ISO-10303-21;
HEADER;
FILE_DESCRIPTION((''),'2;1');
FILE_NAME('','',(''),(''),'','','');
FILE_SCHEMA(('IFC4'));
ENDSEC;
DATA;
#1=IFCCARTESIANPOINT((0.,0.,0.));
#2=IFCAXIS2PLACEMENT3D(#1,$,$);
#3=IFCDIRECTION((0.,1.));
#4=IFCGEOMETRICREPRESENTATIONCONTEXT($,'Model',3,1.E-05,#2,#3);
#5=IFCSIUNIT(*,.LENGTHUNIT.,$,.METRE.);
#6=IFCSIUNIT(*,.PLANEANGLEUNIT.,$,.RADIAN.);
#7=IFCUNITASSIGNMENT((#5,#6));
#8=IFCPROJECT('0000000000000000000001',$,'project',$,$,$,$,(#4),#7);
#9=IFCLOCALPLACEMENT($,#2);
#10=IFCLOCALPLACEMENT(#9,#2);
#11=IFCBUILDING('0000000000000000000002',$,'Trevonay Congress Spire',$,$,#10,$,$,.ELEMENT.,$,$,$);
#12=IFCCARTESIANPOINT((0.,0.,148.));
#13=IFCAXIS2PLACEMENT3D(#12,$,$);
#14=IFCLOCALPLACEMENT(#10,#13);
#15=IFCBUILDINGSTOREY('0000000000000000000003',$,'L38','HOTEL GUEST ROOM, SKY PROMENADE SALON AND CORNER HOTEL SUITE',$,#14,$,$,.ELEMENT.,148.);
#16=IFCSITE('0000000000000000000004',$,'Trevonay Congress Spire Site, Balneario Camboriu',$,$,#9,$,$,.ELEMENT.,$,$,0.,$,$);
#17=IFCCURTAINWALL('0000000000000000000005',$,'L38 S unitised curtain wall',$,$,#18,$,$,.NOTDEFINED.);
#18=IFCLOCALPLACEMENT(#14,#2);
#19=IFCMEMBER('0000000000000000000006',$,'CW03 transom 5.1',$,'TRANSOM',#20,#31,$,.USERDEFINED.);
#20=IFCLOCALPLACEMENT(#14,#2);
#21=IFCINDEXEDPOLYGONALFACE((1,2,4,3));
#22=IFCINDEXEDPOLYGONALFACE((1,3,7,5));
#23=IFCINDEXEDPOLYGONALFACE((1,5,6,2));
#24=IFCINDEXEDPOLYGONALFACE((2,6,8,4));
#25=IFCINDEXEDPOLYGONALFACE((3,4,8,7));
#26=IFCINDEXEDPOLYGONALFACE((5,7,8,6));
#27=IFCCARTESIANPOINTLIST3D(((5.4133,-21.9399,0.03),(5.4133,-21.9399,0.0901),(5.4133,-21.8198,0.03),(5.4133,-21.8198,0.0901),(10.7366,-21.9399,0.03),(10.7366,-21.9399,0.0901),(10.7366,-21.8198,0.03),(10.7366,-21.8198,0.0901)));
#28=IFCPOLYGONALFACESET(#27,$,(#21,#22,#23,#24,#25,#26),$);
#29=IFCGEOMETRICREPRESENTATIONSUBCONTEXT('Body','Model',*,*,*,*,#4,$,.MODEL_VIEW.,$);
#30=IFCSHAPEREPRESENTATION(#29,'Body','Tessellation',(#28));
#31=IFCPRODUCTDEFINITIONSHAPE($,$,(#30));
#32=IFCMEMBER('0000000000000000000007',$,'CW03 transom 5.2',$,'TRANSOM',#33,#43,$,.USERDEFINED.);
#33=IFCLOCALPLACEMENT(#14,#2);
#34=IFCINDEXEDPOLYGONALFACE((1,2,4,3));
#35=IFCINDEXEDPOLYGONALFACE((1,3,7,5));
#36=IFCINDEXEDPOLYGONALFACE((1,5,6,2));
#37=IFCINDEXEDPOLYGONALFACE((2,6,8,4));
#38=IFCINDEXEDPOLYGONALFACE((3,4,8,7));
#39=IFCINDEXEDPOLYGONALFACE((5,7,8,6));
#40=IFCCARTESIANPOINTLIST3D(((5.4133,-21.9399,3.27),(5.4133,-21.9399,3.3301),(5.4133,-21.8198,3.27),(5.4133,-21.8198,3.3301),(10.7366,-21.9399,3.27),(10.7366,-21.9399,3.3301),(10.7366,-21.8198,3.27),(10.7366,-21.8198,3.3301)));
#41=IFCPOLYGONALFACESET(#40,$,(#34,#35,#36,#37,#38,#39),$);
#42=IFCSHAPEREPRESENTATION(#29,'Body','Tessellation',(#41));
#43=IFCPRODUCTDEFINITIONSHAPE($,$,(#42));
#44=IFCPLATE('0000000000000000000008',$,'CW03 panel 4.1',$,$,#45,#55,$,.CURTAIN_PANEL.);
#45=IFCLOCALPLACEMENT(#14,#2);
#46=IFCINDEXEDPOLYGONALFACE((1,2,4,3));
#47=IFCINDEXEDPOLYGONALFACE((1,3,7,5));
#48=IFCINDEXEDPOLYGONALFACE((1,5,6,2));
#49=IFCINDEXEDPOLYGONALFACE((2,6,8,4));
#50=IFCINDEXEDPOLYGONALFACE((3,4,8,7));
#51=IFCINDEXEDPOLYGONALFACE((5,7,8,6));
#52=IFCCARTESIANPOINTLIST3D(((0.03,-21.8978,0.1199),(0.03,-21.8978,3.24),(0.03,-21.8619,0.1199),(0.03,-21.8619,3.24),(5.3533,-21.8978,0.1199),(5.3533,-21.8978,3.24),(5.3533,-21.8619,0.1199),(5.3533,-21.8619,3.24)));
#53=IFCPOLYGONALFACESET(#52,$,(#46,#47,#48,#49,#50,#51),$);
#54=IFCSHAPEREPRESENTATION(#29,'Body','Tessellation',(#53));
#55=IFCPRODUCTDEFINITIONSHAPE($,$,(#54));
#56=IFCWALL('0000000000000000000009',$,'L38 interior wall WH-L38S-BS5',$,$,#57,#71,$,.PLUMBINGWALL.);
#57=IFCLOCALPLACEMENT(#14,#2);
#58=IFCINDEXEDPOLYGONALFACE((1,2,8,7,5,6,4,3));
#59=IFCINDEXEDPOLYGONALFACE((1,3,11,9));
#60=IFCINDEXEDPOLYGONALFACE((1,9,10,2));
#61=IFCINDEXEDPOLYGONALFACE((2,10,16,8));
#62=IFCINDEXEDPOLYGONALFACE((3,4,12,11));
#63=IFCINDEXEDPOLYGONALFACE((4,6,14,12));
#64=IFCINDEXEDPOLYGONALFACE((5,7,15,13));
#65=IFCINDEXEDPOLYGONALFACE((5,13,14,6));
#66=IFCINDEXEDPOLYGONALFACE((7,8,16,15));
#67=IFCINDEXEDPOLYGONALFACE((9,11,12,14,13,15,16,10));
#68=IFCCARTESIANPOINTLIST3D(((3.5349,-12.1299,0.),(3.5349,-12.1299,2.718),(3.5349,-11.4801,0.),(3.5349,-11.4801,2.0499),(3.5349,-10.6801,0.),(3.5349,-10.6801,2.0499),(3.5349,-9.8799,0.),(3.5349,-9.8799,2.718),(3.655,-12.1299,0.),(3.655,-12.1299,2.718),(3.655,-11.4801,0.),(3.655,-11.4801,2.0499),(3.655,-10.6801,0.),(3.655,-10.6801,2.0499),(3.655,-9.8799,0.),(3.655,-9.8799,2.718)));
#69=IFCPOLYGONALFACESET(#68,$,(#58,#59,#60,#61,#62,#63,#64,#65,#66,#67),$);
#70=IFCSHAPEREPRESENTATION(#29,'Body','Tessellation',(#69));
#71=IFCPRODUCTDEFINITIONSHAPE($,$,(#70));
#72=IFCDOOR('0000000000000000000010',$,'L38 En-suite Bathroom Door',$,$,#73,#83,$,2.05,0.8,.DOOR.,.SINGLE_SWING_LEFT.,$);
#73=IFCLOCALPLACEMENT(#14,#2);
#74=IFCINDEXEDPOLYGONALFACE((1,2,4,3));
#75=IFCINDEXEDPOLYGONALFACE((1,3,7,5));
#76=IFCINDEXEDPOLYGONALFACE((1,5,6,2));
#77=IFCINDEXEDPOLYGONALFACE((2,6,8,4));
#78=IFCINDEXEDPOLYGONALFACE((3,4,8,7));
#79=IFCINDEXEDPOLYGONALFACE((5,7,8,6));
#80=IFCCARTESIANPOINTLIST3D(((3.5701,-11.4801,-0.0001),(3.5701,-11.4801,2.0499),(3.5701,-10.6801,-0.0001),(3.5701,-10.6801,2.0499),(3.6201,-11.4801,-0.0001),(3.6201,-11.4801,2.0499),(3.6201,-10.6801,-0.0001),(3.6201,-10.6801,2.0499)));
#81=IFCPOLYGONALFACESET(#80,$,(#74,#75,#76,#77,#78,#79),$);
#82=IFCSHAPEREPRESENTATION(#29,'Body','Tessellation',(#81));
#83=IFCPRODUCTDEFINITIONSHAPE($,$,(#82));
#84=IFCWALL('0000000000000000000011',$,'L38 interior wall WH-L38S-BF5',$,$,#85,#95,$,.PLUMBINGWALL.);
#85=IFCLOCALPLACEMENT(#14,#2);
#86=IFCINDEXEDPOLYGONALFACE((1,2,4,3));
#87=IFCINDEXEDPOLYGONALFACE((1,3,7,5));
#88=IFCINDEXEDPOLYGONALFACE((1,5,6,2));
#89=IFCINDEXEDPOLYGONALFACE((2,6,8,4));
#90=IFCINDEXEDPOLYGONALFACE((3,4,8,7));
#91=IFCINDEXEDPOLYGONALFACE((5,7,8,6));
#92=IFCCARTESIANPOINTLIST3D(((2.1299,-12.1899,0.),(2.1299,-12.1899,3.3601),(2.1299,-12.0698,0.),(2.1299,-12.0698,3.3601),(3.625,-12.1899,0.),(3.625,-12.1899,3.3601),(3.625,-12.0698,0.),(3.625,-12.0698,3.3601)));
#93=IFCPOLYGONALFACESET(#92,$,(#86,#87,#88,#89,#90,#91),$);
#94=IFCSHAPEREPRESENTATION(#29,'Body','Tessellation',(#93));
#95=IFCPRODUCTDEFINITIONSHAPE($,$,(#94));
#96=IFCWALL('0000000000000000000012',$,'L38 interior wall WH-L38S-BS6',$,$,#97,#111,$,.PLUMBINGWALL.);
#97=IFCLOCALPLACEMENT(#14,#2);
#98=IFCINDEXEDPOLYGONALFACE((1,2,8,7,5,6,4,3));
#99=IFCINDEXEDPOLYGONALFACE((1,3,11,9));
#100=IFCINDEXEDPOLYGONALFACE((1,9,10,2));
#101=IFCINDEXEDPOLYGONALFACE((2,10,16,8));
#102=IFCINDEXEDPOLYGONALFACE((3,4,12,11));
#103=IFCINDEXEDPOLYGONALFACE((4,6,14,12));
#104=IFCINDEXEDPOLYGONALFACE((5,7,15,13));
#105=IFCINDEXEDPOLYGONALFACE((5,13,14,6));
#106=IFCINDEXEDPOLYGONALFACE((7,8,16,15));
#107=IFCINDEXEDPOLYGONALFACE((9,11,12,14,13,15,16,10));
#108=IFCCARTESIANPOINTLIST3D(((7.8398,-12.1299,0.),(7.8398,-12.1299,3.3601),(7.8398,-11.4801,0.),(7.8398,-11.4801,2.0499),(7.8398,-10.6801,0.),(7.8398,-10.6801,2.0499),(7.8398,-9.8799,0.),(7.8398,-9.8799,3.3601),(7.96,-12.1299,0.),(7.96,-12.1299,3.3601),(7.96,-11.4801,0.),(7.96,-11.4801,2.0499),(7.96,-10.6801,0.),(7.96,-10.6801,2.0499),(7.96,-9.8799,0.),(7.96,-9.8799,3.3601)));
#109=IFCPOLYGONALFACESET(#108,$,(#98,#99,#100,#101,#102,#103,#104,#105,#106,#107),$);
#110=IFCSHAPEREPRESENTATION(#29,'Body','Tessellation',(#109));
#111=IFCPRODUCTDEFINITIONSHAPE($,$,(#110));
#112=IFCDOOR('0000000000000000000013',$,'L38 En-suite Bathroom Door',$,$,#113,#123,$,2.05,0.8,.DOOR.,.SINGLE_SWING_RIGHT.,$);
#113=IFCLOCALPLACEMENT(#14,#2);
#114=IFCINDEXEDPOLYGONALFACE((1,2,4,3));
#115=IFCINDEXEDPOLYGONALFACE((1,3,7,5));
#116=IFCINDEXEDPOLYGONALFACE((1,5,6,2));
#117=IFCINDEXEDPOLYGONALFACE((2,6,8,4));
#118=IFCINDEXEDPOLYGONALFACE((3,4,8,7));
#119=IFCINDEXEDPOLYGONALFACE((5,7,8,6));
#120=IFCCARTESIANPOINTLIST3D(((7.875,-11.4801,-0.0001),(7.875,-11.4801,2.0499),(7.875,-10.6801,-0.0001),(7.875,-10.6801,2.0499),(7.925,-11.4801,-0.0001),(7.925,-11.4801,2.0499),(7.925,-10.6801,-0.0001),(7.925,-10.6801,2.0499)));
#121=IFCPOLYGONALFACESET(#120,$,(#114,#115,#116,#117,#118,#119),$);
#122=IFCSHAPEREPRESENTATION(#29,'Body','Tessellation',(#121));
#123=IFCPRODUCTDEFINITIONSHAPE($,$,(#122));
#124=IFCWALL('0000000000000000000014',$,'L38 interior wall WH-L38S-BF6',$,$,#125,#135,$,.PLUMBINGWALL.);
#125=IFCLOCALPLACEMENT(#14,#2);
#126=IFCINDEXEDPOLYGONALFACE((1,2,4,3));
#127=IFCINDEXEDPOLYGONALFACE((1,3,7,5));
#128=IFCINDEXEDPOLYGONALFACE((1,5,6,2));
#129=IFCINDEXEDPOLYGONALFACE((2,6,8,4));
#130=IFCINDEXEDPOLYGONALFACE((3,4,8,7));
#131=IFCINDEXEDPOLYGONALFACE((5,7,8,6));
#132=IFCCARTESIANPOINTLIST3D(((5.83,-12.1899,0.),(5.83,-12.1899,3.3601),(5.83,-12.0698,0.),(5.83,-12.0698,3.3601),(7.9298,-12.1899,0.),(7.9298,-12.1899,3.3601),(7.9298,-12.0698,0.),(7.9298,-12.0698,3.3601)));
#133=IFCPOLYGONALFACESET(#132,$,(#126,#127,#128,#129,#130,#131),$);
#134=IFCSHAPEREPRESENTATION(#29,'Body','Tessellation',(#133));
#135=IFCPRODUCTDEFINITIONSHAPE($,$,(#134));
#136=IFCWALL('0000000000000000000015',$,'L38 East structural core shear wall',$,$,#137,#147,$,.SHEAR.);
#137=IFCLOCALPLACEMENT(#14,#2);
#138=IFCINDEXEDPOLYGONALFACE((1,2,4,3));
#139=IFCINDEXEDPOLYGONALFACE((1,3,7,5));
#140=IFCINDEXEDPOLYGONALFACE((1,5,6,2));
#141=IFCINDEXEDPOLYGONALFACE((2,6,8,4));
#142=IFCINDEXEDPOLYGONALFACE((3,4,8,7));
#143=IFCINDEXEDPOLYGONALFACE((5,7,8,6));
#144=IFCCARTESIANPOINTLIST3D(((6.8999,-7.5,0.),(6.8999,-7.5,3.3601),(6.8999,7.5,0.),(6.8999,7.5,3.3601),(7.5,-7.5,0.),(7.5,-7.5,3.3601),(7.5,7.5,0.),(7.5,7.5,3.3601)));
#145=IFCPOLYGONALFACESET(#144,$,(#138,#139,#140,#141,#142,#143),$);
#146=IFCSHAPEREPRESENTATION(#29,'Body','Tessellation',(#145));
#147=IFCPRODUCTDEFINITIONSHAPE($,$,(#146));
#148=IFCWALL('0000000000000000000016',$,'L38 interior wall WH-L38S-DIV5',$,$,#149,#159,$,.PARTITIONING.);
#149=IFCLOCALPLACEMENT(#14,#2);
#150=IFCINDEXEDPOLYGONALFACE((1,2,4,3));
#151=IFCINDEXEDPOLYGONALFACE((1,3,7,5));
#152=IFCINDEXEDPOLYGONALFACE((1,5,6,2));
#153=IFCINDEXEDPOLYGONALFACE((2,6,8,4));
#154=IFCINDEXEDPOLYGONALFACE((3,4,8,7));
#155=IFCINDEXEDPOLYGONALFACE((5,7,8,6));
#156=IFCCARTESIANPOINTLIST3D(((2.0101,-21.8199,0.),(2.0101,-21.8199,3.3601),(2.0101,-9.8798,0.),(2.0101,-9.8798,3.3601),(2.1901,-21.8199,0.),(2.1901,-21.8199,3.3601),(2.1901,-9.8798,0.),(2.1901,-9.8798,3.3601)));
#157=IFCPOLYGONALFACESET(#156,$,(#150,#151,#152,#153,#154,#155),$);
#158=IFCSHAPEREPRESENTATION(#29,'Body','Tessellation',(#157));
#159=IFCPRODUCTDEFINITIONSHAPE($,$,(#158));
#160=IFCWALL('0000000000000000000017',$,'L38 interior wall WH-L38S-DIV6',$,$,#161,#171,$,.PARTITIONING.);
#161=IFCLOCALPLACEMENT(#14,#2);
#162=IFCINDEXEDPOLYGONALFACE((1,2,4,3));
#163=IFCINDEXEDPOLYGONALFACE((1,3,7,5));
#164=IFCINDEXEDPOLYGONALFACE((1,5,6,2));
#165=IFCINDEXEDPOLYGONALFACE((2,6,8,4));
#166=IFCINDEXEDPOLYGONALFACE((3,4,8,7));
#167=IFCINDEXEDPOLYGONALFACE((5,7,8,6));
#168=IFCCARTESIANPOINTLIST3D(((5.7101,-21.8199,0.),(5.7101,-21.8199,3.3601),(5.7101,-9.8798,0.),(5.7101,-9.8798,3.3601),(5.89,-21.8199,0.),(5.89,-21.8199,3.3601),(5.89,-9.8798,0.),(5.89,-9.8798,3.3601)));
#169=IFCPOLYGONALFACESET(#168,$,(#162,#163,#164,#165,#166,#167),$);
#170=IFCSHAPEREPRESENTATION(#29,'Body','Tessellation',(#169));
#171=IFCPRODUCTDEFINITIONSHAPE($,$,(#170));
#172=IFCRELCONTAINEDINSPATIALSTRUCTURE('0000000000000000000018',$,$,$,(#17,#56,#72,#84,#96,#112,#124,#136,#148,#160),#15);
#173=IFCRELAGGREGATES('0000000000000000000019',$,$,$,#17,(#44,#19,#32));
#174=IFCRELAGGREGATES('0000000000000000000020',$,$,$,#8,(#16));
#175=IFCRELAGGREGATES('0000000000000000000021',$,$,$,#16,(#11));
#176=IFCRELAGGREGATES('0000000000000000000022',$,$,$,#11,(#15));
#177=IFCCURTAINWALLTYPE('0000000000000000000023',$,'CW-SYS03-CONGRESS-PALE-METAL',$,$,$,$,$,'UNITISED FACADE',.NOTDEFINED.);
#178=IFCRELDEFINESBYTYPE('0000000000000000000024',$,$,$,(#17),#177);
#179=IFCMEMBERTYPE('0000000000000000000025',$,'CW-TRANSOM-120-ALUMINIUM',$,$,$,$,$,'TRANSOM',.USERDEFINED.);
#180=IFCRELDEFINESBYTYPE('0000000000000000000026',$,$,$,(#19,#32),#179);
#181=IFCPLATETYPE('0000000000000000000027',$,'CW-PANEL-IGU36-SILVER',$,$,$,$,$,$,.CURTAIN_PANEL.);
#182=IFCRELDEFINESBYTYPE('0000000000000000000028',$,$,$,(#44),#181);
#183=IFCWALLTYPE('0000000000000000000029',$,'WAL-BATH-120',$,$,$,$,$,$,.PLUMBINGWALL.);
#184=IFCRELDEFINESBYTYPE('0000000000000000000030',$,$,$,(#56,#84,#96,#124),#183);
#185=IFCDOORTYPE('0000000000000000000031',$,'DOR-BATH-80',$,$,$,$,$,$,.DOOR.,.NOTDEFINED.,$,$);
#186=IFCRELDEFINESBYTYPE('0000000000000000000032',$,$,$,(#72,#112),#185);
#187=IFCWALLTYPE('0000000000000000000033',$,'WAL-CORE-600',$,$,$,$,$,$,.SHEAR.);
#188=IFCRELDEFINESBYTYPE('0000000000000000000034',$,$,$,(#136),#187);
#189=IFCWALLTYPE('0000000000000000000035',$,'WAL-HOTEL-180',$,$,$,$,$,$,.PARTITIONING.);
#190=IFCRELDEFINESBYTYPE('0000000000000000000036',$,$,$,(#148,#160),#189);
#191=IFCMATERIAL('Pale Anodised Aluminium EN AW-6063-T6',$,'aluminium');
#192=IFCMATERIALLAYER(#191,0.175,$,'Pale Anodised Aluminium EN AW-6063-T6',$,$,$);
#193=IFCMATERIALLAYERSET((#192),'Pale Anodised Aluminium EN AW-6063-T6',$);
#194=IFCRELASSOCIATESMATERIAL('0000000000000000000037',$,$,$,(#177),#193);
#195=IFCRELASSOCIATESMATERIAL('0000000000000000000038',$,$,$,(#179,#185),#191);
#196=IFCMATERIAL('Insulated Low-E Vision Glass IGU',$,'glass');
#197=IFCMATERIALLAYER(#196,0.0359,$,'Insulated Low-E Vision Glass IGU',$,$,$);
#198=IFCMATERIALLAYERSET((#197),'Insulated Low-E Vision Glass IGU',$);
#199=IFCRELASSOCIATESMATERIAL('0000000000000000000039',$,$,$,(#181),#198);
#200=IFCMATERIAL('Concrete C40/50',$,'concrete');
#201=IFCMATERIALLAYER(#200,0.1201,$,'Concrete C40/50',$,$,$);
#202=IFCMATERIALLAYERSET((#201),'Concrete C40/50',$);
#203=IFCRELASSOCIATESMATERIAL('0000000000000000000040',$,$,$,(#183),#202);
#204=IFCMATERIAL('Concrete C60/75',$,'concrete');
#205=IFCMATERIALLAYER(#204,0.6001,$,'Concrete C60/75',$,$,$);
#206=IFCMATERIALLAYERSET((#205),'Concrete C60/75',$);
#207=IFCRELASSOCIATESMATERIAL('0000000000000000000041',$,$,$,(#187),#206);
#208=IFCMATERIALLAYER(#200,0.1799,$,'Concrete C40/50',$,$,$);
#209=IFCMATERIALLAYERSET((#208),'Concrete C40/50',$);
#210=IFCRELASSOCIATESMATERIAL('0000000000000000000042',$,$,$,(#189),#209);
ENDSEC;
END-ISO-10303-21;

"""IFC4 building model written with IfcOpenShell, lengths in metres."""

from ifc_helpers import new_model, si_unit, direction, frame, frame_2d, origin, origin_2d, place, context, subcontext, project, spatial, rectangle, extrude, material, layer, layer_set, material_profile, profile_set, type_object, element, fill, aggregate, save


model = new_model("IFC4")

# Units and contexts
model_context = context("Model", 3, precision=1e-05, world=origin(), true_north=direction((0.0, 1.0)))
body_context = subcontext(model_context, "Body", "Model", "MODEL_VIEW")
ifc_project = project(units=[si_unit("LENGTHUNIT", "METRE"), si_unit("PLANEANGLEUNIT", "RADIAN")], contexts=[model_context])

# Site, building, storey
site_placement = place(None, origin())
site = spatial("IfcSite", under=ifc_project, at=site_placement, Name="Trevonay Congress Spire Site, Balneario Camboriu", CompositionType="ELEMENT", RefElevation=0.0)
building_placement = place(site_placement, origin())
building = spatial("IfcBuilding", under=site, at=building_placement, Name="Trevonay Congress Spire", CompositionType="ELEMENT")
storey_placement = place(building_placement, frame((0.0, 0.0, 148.0)))
storey = spatial("IfcBuildingStorey", under=building, at=storey_placement, Name="L38", Description="HOTEL GUEST ROOM, SKY PROMENADE SALON AND CORNER HOTEL SUITE", CompositionType="ELEMENT", Elevation=148.0)

# Curtain wall, members, plate
ifc_material_1 = material(Name="Pale Anodised Aluminium EN AW-6063-T6", Category="aluminium")
ifc_layer_1 = layer(ifc_material_1, 0.175, Name="Pale Anodised Aluminium EN AW-6063-T6")
ifc_layer_set_1 = layer_set([ifc_layer_1], Name="Pale Anodised Aluminium EN AW-6063-T6")
curtain_wall_type = type_object("IfcCurtainWallType", Name="CW-SYS03-CONGRESS-PALE-METAL", ElementType="UNITISED FACADE", PredefinedType="NOTDEFINED", material=ifc_layer_set_1)
curtain_wall_placement = place(storey_placement, origin())
curtain_wall = element("IfcCurtainWall", 1, at=curtain_wall_placement, inside=storey, type_object=curtain_wall_type, Name="L38 S unitised curtain wall", PredefinedType="NOTDEFINED")
ifc_material_profile_1 = material_profile(ifc_material_1, rectangle(XDim=0.1201, YDim=0.0601, at=origin_2d()), Name="CW-TRANSOM-120-ALUMINIUM")
ifc_profile_set_1 = profile_set([ifc_material_profile_1], Name="Pale Anodised Aluminium EN AW-6063-T6")
member_type_1 = type_object("IfcMemberType", Name="CW-TRANSOM-120-ALUMINIUM", ElementType="TRANSOM", PredefinedType="USERDEFINED", material=ifc_profile_set_1)
member_1_placement = place(storey_placement, frame((5.4133, -21.8799, 0.0601), z_axis=(1.0, 0.0, 0.0), x_axis=(0.0, 1.0, 0.0)))
member_1 = element("IfcMember", 2, at=member_1_placement, type_object=member_type_1, Name="CW03 transom 5.1", ObjectType="TRANSOM", PredefinedType="USERDEFINED", context=body_context, shape_type="SweptSolid", body=[
    extrude(rectangle(XDim=0.1201, YDim=0.0601, at=origin_2d()), origin(), (0.0, 0.0, 1.0), 5.3232),
])
member_2_placement = place(storey_placement, frame((5.4133, -21.8799, 3.3), z_axis=(1.0, 0.0, 0.0), x_axis=(0.0, 1.0, 0.0)))
member_2 = element("IfcMember", 3, at=member_2_placement, type_object=member_type_1, Name="CW03 transom 5.2", ObjectType="TRANSOM", PredefinedType="USERDEFINED", context=body_context, shape_type="SweptSolid", body=[
    extrude(rectangle(XDim=0.1201, YDim=0.0601, at=origin_2d()), origin(), (0.0, 0.0, 1.0), 5.3232),
])
ifc_material_2 = material(Name="Insulated Low-E Vision Glass IGU", Category="glass")
ifc_layer_2 = layer(ifc_material_2, 0.0359, Name="Insulated Low-E Vision Glass IGU")
ifc_layer_set_2 = layer_set([ifc_layer_2], Name="Insulated Low-E Vision Glass IGU")
plate_type = type_object("IfcPlateType", Name="CW-PANEL-IGU36-SILVER", PredefinedType="CURTAIN_PANEL", material=ifc_layer_set_2)
plate_placement = place(storey_placement, frame((2.6917, -21.8799, 0.1199), z_axis=(0.0, 0.0, 1.0), x_axis=(1.0, 0.0, 0.0)))
plate = element("IfcPlate", 4, at=plate_placement, type_object=plate_type, Name="CW03 panel 4.1", PredefinedType="CURTAIN_PANEL", context=body_context, shape_type="SweptSolid", body=[
    extrude(rectangle(XDim=5.3232, YDim=0.0359, at=origin_2d()), origin(), (0.0, 0.0, 1.0), 3.1201),
])
aggregate(curtain_wall, [plate, member_1, member_2])

# Wall, opening, door
ifc_material_3 = material(Name="Concrete C40/50", Category="concrete")
ifc_layer_3 = layer(ifc_material_3, 0.1201, Name="Concrete C40/50")
ifc_layer_set_3 = layer_set([ifc_layer_3], Name="Concrete C40/50")
wall_type_1 = type_object("IfcWallType", Name="WAL-BATH-120", PredefinedType="PLUMBINGWALL", material=ifc_layer_set_3)
wall_1_placement = place(storey_placement, frame((3.595, -12.1299, 0.0), z_axis=(0.0, 0.0, 1.0), x_axis=(0.0, 1.0, 0.0)))
wall_1 = element("IfcWall", 5, at=wall_1_placement, inside=storey, type_object=wall_type_1, Name="L38 interior wall WH-L38S-BS5", PredefinedType="PLUMBINGWALL", context=body_context, shape_type="SweptSolid", body=[
    extrude(rectangle(XDim=2.25, YDim=0.1201, at=frame_2d((1.125, 0.0))), origin(), (0.0, 0.0, 1.0), 2.718),
])
opening_1_placement = place(wall_1_placement, frame((0.6499, 0.0, 0.0)))
opening_1 = element("IfcOpeningElement", 6, at=opening_1_placement, cuts=wall_1, PredefinedType="OPENING", context=body_context, shape_type="SweptSolid", body=[
    extrude(rectangle(XDim=0.8, YDim=2.05, at=frame_2d((0.3999, 1.0249))), frame((0.0, 0.0701, 0.0), z_axis=(0.0, -1.0, 0.0), x_axis=(1.0, 0.0, 0.0)), (0.0, 0.0, 1.0), 0.1401),
])
door_type = type_object("IfcDoorType", Name="DOR-BATH-80", OperationType="NOTDEFINED", PredefinedType="DOOR", material=ifc_material_1)
door_1_placement = place(opening_1_placement, origin())
door_1 = element("IfcDoor", 7, at=door_1_placement, inside=storey, type_object=door_type, Name="L38 En-suite Bathroom Door", OperationType="SINGLE_SWING_LEFT", OverallHeight=2.05, OverallWidth=0.8, PredefinedType="DOOR", context=body_context, shape_type="SweptSolid", body=[
    extrude(rectangle(XDim=0.8, YDim=2.05, at=frame_2d((0.3999, 1.0249))), frame((0.0, 0.0249, 0.0), z_axis=(0.0, -1.0, 0.0), x_axis=(1.0, 0.0, 0.0)), (0.0, 0.0, 1.0), 0.05),
])
fill(opening_1, door_1)

# Wall
wall_2_placement = place(storey_placement, frame((2.1299, -12.1299, 0.0), z_axis=(0.0, 0.0, 1.0), x_axis=(1.0, 0.0, 0.0)))
element("IfcWall", 8, at=wall_2_placement, inside=storey, type_object=wall_type_1, Name="L38 interior wall WH-L38S-BF5", PredefinedType="PLUMBINGWALL", context=body_context, shape_type="SweptSolid", body=[
    extrude(rectangle(XDim=1.4951, YDim=0.1201, at=frame_2d((0.7476, 0.0))), origin(), (0.0, 0.0, 1.0), 3.3601),
])

# Wall, opening, door
wall_3_placement = place(storey_placement, frame((7.8999, -12.1299, 0.0), z_axis=(0.0, 0.0, 1.0), x_axis=(0.0, 1.0, 0.0)))
wall_3 = element("IfcWall", 9, at=wall_3_placement, inside=storey, type_object=wall_type_1, Name="L38 interior wall WH-L38S-BS6", PredefinedType="PLUMBINGWALL", context=body_context, shape_type="SweptSolid", body=[
    extrude(rectangle(XDim=2.25, YDim=0.1201, at=frame_2d((1.125, 0.0))), origin(), (0.0, 0.0, 1.0), 3.3601),
])
opening_2_placement = place(wall_3_placement, frame((0.6499, 0.0, 0.0)))
opening_2 = element("IfcOpeningElement", 10, at=opening_2_placement, cuts=wall_3, PredefinedType="OPENING", context=body_context, shape_type="SweptSolid", body=[
    extrude(rectangle(XDim=0.8, YDim=2.05, at=frame_2d((0.3999, 1.0249))), frame((0.0, 0.0701, 0.0), z_axis=(0.0, -1.0, 0.0), x_axis=(1.0, 0.0, 0.0)), (0.0, 0.0, 1.0), 0.1401),
])
door_2_placement = place(opening_2_placement, origin())
door_2 = element("IfcDoor", 11, at=door_2_placement, inside=storey, type_object=door_type, Name="L38 En-suite Bathroom Door", OperationType="SINGLE_SWING_RIGHT", OverallHeight=2.05, OverallWidth=0.8, PredefinedType="DOOR", context=body_context, shape_type="SweptSolid", body=[
    extrude(rectangle(XDim=0.8, YDim=2.05, at=frame_2d((0.3999, 1.0249))), frame((0.0, 0.0249, 0.0), z_axis=(0.0, -1.0, 0.0), x_axis=(1.0, 0.0, 0.0)), (0.0, 0.0, 1.0), 0.05),
])
fill(opening_2, door_2)

# Walls
wall_4_placement = place(storey_placement, frame((5.8301, -12.1299, 0.0), z_axis=(0.0, 0.0, 1.0), x_axis=(1.0, 0.0, 0.0)))
element("IfcWall", 12, at=wall_4_placement, inside=storey, type_object=wall_type_1, Name="L38 interior wall WH-L38S-BF6", PredefinedType="PLUMBINGWALL", context=body_context, shape_type="SweptSolid", body=[
    extrude(rectangle(XDim=2.0999, YDim=0.1201, at=frame_2d((1.0498, 0.0))), origin(), (0.0, 0.0, 1.0), 3.3601),
])
ifc_material_4 = material(Name="Concrete C60/75", Category="concrete")
ifc_layer_4 = layer(ifc_material_4, 0.6001, Name="Concrete C60/75")
ifc_layer_set_4 = layer_set([ifc_layer_4], Name="Concrete C60/75")
wall_type_2 = type_object("IfcWallType", Name="WAL-CORE-600", PredefinedType="SHEAR", material=ifc_layer_set_4)
wall_5_placement = place(storey_placement, frame((7.2, -7.5, 0.0), z_axis=(0.0, 0.0, 1.0), x_axis=(0.0, 1.0, 0.0)))
element("IfcWall", 13, at=wall_5_placement, inside=storey, type_object=wall_type_2, Name="L38 East structural core shear wall", PredefinedType="SHEAR", context=body_context, shape_type="SweptSolid", body=[
    extrude(rectangle(XDim=15.0, YDim=0.6001, at=frame_2d((7.5, 0.0))), origin(), (0.0, 0.0, 1.0), 3.3601),
])
ifc_layer_5 = layer(ifc_material_3, 0.1799, Name="Concrete C40/50")
ifc_layer_set_5 = layer_set([ifc_layer_5], Name="Concrete C40/50")
wall_type_3 = type_object("IfcWallType", Name="WAL-HOTEL-180", PredefinedType="PARTITIONING", material=ifc_layer_set_5)
for number, where, z_axis, x_axis, name in (
    (14, (2.1001, -21.8201, 0.0), (0.0, 0.0, 1.0), (0.0, 1.0, 0.0), "L38 interior wall WH-L38S-DIV5"),
    (15, (5.8, -21.8201, 0.0), (0.0, 0.0, 1.0), (0.0, 1.0, 0.0), "L38 interior wall WH-L38S-DIV6"),
):
    element("IfcWall", number, at=place(storey_placement, frame(where, z_axis=z_axis, x_axis=x_axis)), inside=storey, type_object=wall_type_3, Name=name, PredefinedType="PARTITIONING", context=body_context, shape_type="SweptSolid", body=[
        extrude(rectangle(XDim=11.9402, YDim=0.1799, at=frame_2d((5.9702, 0.0))), origin(), (0.0, 0.0, 1.0), 3.3601),
    ])

save(model, "model.ifc")
